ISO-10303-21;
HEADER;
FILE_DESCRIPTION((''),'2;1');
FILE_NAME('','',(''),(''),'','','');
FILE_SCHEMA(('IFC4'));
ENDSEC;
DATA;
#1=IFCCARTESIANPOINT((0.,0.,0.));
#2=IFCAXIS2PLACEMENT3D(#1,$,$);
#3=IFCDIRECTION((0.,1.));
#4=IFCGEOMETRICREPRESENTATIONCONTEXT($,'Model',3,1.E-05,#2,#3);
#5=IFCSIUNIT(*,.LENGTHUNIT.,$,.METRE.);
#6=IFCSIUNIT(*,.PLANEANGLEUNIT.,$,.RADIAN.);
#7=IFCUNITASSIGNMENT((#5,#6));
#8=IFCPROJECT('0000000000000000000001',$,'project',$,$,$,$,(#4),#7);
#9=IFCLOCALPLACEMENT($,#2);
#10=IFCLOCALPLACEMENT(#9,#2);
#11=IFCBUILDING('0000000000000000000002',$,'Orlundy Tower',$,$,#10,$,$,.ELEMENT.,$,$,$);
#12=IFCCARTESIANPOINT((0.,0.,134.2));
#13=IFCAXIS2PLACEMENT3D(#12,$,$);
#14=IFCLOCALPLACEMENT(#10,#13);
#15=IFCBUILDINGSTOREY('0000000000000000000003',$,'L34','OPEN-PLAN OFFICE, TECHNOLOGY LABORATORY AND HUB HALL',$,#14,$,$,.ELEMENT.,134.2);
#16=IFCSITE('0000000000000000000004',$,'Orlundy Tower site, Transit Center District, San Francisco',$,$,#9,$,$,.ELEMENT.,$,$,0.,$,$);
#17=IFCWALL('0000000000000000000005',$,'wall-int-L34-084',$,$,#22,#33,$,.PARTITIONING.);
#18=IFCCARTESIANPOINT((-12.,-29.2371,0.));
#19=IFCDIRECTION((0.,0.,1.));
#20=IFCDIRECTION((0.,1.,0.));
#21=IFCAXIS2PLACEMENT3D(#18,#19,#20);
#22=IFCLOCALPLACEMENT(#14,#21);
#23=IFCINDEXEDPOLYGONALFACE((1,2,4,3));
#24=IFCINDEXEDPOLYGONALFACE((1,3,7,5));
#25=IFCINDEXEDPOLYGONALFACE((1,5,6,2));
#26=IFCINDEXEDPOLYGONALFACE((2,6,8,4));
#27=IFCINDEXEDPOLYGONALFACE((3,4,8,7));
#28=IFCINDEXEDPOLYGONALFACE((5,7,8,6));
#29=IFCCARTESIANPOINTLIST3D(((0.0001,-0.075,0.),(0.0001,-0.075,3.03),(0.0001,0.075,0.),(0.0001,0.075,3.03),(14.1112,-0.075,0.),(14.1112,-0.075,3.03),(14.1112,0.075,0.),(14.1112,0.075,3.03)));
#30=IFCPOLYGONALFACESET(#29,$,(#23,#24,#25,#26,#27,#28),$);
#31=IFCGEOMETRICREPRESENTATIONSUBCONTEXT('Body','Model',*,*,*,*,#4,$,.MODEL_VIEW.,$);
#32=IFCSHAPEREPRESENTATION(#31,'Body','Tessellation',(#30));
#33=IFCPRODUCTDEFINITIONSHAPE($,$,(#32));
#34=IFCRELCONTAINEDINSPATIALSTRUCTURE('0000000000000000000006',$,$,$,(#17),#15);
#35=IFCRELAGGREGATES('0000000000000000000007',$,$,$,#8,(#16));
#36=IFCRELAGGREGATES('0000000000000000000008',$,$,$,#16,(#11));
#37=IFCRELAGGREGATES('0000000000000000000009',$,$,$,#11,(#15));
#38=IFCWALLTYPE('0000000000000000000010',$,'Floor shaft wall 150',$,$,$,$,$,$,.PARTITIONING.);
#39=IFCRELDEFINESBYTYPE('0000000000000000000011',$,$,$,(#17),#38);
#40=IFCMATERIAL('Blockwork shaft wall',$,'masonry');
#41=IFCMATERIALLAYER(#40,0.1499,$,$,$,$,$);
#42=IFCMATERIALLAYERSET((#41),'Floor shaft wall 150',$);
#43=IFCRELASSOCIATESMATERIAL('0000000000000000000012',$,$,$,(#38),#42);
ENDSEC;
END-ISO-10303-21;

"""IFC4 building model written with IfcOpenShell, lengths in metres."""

from ifc_helpers import new_model, si_unit, direction, frame, frame_2d, origin, place, context, subcontext, project, spatial, rectangle, extrude, material, layer, layer_set, type_object, element, save


model = new_model("IFC4")

# Units and contexts
model_context = context("Model", 3, precision=1e-05, world=origin(), true_north=direction((0.0, 1.0)))
body_context = subcontext(model_context, "Body", "Model", "MODEL_VIEW")
ifc_project = project(units=[si_unit("LENGTHUNIT", "METRE"), si_unit("PLANEANGLEUNIT", "RADIAN")], contexts=[model_context])

# Site, building, storey
site_placement = place(None, origin())
site = spatial("IfcSite", under=ifc_project, at=site_placement, Name="Orlundy Tower site, Transit Center District, San Francisco", CompositionType="ELEMENT", RefElevation=0.0)
building_placement = place(site_placement, origin())
building = spatial("IfcBuilding", under=site, at=building_placement, Name="Orlundy Tower", CompositionType="ELEMENT")
storey_placement = place(building_placement, frame((0.0, 0.0, 134.2)))
storey = spatial("IfcBuildingStorey", under=building, at=storey_placement, Name="L34", Description="OPEN-PLAN OFFICE, TECHNOLOGY LABORATORY AND HUB HALL", CompositionType="ELEMENT", Elevation=134.2)

# Shared definitions
ifc_material_1 = material(Name="Blockwork shaft wall", Category="masonry")
ifc_layer_1 = layer(ifc_material_1, 0.1499)
ifc_layer_set_1 = layer_set([ifc_layer_1], Name="Floor shaft wall 150")
wall_type_1 = type_object("IfcWallType", Name="Floor shaft wall 150", PredefinedType="PARTITIONING", material=ifc_layer_set_1)

# Wall
wall_1_placement = place(storey_placement, frame((-12.0, -29.2371, 0.0), z_axis=(0.0, 0.0, 1.0), x_axis=(0.0, 1.0, 0.0)))
element("IfcWall", 1, at=wall_1_placement, inside=storey, type_object=wall_type_1, Name="wall-int-L34-084", PredefinedType="PARTITIONING", context=body_context, shape_type="SweptSolid", body=[
    extrude(rectangle(XDim=14.1111, YDim=0.1499, at=frame_2d((7.0557, 0.0))), origin(), (0.0, 0.0, 1.0), 3.03),
])

save(model, "model.ifc")
